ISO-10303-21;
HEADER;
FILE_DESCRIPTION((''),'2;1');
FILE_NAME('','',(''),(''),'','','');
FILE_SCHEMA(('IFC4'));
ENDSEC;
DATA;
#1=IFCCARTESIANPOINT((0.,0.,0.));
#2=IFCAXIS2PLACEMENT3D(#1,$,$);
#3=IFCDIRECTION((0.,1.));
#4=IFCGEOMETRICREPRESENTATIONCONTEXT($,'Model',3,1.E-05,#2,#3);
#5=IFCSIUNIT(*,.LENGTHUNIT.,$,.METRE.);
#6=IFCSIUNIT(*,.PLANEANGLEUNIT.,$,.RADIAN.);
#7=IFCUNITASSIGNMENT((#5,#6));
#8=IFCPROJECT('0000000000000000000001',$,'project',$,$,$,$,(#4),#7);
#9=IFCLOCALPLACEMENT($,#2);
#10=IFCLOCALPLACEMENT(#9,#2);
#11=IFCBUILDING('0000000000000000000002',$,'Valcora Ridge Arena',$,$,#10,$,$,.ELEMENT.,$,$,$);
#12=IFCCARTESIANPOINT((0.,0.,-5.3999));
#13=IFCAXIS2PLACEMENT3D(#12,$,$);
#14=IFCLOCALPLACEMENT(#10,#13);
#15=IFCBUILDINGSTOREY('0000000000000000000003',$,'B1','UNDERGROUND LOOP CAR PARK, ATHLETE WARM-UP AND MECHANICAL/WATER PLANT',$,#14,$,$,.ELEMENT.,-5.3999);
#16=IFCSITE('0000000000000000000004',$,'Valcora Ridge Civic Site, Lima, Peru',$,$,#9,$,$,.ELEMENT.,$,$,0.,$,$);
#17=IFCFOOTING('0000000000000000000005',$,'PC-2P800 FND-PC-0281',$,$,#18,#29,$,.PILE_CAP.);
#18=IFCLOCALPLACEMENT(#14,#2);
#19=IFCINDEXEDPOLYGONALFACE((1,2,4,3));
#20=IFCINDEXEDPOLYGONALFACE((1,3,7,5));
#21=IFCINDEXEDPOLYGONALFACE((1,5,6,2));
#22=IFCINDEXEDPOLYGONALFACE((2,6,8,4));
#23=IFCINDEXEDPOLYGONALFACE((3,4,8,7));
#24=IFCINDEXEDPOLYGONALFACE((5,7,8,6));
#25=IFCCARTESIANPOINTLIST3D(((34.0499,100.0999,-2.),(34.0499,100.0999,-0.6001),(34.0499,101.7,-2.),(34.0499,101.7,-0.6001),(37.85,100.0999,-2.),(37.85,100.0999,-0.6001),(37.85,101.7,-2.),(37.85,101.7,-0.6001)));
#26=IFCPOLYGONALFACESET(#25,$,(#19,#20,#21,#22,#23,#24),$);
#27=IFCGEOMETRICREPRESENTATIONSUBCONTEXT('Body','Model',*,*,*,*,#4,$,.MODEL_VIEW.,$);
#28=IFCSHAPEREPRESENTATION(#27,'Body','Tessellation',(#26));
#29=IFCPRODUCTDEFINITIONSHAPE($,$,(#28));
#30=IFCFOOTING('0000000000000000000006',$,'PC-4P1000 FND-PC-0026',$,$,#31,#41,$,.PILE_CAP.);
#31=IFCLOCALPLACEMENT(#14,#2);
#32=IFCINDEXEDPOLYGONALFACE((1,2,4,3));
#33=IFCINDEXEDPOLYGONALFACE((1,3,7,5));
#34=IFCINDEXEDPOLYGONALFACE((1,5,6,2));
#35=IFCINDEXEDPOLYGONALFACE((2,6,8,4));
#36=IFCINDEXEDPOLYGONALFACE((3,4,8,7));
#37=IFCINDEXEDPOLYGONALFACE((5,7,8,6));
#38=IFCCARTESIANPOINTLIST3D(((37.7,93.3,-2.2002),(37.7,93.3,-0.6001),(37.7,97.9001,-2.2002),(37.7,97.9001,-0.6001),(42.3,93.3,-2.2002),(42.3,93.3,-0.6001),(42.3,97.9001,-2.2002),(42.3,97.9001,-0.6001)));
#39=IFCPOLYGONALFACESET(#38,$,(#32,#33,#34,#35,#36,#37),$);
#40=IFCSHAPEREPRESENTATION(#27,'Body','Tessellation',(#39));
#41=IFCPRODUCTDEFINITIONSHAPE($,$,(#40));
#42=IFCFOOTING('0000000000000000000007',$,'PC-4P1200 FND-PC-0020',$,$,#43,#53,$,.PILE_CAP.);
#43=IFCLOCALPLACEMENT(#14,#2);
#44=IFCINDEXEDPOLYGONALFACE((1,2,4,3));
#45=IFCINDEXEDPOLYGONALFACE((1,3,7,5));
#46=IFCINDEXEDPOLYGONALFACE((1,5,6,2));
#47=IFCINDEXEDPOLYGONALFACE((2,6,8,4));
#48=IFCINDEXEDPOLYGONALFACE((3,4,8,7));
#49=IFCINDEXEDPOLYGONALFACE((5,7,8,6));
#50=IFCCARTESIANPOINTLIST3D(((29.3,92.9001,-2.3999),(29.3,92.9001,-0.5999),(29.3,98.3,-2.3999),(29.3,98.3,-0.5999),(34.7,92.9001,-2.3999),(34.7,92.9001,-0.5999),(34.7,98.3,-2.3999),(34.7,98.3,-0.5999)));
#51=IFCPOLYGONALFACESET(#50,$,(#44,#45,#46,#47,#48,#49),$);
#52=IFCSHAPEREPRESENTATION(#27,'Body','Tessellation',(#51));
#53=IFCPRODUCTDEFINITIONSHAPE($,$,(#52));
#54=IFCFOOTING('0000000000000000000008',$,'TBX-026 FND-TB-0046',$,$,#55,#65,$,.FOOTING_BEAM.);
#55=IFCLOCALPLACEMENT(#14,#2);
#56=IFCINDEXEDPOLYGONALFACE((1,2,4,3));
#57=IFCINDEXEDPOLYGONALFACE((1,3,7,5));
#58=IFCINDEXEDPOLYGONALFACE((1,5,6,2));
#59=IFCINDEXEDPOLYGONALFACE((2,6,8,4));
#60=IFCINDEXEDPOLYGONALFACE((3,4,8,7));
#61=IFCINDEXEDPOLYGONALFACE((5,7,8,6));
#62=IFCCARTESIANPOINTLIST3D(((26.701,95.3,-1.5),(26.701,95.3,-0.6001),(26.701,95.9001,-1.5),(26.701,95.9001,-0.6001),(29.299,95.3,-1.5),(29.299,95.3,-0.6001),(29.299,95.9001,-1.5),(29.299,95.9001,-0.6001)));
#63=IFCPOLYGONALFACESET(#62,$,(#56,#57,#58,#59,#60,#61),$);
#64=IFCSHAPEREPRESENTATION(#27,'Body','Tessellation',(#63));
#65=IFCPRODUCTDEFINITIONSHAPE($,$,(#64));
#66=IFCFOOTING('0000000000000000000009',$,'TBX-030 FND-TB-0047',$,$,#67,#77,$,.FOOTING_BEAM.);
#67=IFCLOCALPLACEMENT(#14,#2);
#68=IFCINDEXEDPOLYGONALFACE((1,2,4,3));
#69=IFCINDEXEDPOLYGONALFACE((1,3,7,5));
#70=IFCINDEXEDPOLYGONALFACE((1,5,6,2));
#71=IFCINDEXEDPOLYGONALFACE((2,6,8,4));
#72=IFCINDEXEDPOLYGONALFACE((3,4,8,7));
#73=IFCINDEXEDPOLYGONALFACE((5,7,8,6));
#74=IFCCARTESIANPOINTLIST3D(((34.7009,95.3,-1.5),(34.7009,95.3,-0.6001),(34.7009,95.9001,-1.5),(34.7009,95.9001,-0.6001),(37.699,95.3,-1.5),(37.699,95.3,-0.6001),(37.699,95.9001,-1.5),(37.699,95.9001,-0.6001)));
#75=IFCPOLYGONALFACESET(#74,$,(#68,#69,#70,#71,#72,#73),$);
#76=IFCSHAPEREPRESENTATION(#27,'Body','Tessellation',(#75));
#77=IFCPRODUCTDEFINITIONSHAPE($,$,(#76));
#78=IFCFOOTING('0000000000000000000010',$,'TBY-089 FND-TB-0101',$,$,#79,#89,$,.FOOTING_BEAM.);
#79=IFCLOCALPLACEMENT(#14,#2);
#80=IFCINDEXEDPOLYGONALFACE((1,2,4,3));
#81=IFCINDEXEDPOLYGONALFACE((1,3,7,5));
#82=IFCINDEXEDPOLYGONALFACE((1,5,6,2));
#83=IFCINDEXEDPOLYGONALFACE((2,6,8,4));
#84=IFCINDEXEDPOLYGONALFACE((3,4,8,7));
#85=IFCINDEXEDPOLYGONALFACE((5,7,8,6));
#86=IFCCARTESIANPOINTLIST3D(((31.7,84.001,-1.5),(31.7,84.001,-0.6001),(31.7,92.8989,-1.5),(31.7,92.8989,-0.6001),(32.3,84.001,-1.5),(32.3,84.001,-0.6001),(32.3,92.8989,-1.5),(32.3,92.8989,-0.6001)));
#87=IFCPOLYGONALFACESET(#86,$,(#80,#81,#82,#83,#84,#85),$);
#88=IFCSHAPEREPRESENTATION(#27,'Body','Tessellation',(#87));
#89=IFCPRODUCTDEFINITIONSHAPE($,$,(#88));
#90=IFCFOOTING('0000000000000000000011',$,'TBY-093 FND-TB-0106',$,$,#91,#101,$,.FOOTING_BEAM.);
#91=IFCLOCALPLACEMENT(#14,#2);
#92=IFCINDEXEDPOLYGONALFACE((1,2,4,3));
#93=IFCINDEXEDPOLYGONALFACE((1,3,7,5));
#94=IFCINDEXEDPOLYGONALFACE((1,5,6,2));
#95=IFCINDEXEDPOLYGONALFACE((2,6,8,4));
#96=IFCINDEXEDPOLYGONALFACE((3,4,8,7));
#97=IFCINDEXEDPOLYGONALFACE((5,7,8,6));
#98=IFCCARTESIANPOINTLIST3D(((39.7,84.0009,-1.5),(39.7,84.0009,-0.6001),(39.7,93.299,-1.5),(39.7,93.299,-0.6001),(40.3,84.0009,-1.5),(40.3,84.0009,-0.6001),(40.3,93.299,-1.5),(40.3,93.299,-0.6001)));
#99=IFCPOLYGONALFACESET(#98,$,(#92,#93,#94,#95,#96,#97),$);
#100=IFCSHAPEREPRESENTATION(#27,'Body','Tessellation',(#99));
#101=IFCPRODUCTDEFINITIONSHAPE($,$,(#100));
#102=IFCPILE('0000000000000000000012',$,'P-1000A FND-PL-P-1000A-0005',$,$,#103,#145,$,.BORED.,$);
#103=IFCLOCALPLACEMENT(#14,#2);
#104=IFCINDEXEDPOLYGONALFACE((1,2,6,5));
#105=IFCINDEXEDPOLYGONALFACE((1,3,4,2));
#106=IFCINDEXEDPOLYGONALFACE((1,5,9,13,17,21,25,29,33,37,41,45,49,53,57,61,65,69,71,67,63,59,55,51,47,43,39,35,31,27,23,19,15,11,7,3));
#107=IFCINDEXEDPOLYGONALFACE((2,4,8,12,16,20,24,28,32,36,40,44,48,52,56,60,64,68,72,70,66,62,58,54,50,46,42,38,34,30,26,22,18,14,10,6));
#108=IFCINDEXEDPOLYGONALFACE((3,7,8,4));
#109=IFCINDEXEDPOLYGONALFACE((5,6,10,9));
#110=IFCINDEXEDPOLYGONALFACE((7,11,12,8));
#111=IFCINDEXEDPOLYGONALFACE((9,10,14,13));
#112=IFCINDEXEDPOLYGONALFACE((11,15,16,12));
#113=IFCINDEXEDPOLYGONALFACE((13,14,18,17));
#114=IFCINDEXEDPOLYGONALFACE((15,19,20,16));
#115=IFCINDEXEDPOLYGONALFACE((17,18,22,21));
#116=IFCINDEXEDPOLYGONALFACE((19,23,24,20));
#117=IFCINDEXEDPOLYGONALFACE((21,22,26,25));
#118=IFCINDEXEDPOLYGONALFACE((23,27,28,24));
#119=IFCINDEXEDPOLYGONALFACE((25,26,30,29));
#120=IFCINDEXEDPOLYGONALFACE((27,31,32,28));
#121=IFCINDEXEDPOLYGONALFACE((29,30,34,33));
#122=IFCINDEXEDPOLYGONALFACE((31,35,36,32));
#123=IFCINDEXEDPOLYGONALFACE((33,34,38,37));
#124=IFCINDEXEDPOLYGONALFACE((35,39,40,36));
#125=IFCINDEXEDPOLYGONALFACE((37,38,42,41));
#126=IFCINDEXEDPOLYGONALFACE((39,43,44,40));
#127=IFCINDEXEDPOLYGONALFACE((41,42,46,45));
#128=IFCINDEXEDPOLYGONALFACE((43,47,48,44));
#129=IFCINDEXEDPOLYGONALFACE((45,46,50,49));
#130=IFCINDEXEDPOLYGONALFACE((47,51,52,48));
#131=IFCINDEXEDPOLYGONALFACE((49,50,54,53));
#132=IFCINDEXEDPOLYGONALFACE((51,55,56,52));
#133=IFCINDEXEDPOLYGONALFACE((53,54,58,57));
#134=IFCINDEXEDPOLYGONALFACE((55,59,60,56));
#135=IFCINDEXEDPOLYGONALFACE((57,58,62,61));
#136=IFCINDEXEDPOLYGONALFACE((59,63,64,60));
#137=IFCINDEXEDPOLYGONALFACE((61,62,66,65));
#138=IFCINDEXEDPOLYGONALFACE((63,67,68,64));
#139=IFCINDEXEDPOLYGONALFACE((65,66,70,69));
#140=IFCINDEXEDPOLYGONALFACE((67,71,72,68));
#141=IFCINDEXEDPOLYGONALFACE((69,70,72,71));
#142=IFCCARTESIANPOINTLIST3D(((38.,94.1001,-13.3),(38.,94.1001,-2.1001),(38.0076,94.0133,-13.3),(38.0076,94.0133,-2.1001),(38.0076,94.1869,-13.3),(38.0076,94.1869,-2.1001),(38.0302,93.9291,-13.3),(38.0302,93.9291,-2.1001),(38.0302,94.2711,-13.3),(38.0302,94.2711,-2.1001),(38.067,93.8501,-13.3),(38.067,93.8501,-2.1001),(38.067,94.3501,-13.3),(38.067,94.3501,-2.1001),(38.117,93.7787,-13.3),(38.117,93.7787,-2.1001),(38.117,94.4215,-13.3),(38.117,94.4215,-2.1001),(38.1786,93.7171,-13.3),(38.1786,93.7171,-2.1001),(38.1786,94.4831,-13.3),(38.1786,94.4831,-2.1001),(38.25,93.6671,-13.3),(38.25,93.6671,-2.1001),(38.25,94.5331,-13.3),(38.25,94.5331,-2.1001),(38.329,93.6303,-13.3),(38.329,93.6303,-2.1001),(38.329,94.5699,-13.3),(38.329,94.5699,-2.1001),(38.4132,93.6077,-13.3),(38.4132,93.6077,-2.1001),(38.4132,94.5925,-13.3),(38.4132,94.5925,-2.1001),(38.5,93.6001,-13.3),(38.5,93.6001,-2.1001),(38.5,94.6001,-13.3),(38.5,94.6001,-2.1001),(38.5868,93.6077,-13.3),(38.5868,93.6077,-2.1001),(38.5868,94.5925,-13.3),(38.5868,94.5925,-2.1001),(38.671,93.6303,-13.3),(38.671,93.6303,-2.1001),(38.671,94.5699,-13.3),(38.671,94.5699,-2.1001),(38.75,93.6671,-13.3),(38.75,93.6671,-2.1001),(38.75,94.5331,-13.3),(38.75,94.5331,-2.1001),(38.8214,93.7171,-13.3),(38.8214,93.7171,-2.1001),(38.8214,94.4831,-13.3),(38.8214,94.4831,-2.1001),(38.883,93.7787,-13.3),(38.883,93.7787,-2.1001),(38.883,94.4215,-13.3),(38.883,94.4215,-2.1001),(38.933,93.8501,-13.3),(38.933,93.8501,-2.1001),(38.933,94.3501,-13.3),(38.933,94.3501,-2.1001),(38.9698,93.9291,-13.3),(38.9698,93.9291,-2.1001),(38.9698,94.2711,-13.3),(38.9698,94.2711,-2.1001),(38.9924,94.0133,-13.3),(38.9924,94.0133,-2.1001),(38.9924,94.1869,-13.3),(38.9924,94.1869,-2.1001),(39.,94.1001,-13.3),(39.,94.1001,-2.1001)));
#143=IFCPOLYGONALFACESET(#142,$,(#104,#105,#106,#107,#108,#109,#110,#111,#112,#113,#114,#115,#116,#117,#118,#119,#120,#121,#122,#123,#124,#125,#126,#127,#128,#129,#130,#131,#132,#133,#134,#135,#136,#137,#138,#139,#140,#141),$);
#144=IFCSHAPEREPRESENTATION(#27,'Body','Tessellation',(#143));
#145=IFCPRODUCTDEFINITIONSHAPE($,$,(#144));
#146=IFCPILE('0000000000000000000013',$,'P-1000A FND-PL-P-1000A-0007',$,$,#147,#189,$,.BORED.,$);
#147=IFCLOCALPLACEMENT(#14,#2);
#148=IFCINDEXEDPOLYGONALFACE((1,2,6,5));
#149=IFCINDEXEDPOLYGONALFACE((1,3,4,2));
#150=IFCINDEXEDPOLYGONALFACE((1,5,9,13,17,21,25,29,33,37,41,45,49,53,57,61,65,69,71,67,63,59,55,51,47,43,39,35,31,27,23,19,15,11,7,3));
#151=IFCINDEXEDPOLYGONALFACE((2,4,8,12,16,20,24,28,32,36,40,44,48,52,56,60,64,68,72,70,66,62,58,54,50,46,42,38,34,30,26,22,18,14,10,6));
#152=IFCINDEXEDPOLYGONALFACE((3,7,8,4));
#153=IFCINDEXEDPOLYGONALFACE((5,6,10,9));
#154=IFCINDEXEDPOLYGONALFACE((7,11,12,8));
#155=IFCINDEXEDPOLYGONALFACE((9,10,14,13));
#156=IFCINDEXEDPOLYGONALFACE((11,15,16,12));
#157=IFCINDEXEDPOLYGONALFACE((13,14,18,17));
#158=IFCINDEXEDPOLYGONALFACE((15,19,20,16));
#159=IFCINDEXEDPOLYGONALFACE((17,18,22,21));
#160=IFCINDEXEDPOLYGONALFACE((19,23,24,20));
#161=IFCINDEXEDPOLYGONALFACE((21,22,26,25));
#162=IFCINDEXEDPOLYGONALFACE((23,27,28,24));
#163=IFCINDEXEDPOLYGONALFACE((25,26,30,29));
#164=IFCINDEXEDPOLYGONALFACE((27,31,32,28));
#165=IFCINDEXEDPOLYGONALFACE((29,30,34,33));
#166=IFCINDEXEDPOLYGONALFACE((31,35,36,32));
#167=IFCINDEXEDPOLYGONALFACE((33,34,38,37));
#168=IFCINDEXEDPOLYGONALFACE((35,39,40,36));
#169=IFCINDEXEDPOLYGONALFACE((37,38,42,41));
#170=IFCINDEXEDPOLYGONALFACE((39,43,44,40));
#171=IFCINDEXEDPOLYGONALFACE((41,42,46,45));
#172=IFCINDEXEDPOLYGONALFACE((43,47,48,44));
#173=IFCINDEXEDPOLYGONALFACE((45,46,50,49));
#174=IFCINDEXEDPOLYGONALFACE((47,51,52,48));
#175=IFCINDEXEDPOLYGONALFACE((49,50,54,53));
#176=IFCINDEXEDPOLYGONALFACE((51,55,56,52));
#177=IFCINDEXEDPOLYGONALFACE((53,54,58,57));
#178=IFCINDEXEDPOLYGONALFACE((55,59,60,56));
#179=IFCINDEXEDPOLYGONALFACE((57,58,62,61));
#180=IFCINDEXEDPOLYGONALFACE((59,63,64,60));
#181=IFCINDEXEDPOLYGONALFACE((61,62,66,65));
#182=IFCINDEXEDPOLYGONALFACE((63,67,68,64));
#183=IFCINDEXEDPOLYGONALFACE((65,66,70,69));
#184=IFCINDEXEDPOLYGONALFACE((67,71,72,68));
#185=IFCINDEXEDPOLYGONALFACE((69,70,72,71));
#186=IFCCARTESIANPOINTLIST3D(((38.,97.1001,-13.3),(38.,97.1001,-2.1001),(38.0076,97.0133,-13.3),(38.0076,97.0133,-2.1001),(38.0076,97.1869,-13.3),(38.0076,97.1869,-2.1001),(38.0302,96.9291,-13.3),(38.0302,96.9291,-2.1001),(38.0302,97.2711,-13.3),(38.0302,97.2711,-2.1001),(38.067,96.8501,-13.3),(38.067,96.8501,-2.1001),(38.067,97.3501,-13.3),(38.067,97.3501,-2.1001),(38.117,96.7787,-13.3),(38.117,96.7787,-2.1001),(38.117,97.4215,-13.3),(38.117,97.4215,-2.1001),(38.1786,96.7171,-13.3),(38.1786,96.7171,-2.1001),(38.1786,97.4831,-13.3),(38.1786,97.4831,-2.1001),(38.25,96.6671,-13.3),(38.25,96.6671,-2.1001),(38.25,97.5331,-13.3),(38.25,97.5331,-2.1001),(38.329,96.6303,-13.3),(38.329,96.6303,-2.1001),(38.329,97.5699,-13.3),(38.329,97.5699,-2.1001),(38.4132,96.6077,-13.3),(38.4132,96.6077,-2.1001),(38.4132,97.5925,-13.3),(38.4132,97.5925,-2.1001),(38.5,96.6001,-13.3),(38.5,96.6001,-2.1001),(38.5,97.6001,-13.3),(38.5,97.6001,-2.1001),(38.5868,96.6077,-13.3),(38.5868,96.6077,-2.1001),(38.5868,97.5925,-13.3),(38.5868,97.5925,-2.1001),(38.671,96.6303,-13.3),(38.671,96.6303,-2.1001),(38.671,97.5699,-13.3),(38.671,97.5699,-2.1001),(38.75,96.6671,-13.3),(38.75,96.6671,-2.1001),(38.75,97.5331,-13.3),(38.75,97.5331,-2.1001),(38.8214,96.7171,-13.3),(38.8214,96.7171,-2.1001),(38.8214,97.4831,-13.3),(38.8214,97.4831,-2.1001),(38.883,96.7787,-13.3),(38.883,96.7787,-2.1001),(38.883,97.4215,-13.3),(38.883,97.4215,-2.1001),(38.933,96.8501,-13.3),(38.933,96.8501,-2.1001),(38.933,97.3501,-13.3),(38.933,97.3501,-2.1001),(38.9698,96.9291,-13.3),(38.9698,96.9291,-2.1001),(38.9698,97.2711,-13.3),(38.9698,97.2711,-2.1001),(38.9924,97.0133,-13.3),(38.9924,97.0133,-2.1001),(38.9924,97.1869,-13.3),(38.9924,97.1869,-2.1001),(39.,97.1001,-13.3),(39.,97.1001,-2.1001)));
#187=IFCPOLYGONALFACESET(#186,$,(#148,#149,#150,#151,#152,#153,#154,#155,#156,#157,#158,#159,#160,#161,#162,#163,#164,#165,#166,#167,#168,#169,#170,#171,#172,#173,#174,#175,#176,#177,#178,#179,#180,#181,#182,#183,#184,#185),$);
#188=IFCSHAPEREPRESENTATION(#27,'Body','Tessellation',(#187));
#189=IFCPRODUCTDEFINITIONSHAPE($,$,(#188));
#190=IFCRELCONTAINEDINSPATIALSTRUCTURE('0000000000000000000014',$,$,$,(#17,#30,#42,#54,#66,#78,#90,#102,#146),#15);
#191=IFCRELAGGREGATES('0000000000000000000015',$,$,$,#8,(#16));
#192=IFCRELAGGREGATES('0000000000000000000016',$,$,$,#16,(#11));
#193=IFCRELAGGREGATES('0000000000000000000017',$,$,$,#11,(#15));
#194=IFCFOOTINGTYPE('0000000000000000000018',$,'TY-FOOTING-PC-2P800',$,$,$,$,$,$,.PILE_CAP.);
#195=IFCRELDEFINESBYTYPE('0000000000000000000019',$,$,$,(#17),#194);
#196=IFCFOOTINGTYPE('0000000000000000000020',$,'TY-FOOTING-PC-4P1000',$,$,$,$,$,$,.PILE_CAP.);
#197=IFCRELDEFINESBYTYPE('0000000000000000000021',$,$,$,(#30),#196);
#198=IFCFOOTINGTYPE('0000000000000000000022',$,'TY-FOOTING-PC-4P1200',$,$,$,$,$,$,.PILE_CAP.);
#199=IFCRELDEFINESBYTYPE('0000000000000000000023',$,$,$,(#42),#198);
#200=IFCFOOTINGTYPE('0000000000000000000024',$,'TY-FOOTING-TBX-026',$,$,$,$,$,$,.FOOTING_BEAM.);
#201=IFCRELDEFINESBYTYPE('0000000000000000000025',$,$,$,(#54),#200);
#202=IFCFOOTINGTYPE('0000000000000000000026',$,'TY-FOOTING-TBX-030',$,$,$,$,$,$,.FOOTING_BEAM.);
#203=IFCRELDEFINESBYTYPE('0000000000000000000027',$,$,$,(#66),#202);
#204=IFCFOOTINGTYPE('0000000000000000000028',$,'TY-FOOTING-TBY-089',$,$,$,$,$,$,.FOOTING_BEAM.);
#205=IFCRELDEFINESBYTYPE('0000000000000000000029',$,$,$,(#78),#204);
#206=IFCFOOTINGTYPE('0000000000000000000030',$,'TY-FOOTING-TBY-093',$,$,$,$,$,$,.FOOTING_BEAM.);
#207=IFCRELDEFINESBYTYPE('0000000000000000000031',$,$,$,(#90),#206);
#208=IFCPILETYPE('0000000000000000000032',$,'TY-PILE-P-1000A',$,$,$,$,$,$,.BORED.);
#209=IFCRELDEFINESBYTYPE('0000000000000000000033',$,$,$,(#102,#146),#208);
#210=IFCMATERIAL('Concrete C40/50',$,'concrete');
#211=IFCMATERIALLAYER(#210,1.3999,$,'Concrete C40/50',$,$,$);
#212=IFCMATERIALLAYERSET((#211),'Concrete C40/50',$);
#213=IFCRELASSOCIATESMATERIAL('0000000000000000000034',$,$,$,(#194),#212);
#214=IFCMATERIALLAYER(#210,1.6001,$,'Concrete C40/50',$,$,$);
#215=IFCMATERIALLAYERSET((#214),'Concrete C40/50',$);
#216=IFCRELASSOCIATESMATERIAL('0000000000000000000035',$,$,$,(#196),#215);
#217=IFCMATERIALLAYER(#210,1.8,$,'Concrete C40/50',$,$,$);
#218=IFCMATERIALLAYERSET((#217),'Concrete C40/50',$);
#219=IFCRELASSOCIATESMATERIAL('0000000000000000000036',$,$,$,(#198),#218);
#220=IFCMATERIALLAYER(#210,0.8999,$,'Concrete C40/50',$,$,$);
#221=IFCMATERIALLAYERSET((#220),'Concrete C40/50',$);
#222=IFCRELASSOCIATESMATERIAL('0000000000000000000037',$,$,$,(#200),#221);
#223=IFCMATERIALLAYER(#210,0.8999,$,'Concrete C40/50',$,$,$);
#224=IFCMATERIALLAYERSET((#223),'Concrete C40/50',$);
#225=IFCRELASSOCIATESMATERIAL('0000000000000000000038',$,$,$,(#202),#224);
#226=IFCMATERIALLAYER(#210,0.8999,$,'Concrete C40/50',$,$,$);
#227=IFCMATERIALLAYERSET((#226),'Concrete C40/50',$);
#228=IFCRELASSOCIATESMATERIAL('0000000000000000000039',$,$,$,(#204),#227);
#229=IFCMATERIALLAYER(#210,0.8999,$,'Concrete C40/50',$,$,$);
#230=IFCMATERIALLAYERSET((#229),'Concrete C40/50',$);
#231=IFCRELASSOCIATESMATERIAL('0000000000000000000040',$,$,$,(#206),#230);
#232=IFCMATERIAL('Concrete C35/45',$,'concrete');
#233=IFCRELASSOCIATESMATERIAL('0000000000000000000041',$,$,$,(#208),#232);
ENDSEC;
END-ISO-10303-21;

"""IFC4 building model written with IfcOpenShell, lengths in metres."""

from ifc_helpers import new_model, si_unit, direction, frame, origin, origin_2d, place, context, subcontext, project, spatial, rectangle, circle, extrude, material, layer, layer_set, material_profile, profile_set, type_object, element, save


model = new_model("IFC4")

# Units and contexts
model_context = context("Model", 3, precision=1e-05, world=origin(), true_north=direction((0.0, 1.0)))
body_context = subcontext(model_context, "Body", "Model", "MODEL_VIEW")
ifc_project = project(units=[si_unit("LENGTHUNIT", "METRE"), si_unit("PLANEANGLEUNIT", "RADIAN")], contexts=[model_context])

# Site, building, storey
site_placement = place(None, origin())
site = spatial("IfcSite", under=ifc_project, at=site_placement, Name="Valcora Ridge Civic Site, Lima, Peru", CompositionType="ELEMENT", RefElevation=0.0)
building_placement = place(site_placement, origin())
building = spatial("IfcBuilding", under=site, at=building_placement, Name="Valcora Ridge Arena", CompositionType="ELEMENT")
storey_placement = place(building_placement, frame((0.0, 0.0, -5.3999)))
storey = spatial("IfcBuildingStorey", under=building, at=storey_placement, Name="B1", Description="UNDERGROUND LOOP CAR PARK, ATHLETE WARM-UP AND MECHANICAL/WATER PLANT", CompositionType="ELEMENT", Elevation=-5.3999)

# Footings
ifc_material_1 = material(Name="Concrete C40/50", Category="concrete")
ifc_layer_1 = layer(ifc_material_1, 1.3999, Name="Concrete C40/50")
ifc_layer_set_1 = layer_set([ifc_layer_1], Name="Concrete C40/50")
footing_type_1 = type_object("IfcFootingType", Name="TY-FOOTING-PC-2P800", PredefinedType="PILE_CAP", material=ifc_layer_set_1)
footing_1_placement = place(storey_placement, frame((35.95, 100.8999, -2.0), z_axis=(0.0, 0.0, 1.0), x_axis=(1.0, 0.0, 0.0)))
element("IfcFooting", 1, at=footing_1_placement, inside=storey, type_object=footing_type_1, Name="PC-2P800 FND-PC-0281", PredefinedType="PILE_CAP", context=body_context, shape_type="SweptSolid", body=[
    extrude(rectangle(XDim=3.8, YDim=1.6001, at=origin_2d()), origin(), (0.0, 0.0, 1.0), 1.3999),
])
ifc_layer_2 = layer(ifc_material_1, 1.6001, Name="Concrete C40/50")
ifc_layer_set_2 = layer_set([ifc_layer_2], Name="Concrete C40/50")
footing_type_2 = type_object("IfcFootingType", Name="TY-FOOTING-PC-4P1000", PredefinedType="PILE_CAP", material=ifc_layer_set_2)
footing_2_placement = place(storey_placement, frame((40.0, 95.6001, -2.2002), z_axis=(0.0, 0.0, 1.0), x_axis=(1.0, 0.0, 0.0)))
element("IfcFooting", 2, at=footing_2_placement, inside=storey, type_object=footing_type_2, Name="PC-4P1000 FND-PC-0026", PredefinedType="PILE_CAP", context=body_context, shape_type="SweptSolid", body=[
    extrude(rectangle(XDim=4.6001, YDim=4.6001, at=origin_2d()), origin(), (0.0, 0.0, 1.0), 1.6001),
])
ifc_layer_3 = layer(ifc_material_1, 1.8, Name="Concrete C40/50")
ifc_layer_set_3 = layer_set([ifc_layer_3], Name="Concrete C40/50")
footing_type_3 = type_object("IfcFootingType", Name="TY-FOOTING-PC-4P1200", PredefinedType="PILE_CAP", material=ifc_layer_set_3)
footing_3_placement = place(storey_placement, frame((32.0, 95.6001, -2.3999), z_axis=(0.0, 0.0, 1.0), x_axis=(1.0, 0.0, 0.0)))
element("IfcFooting", 3, at=footing_3_placement, inside=storey, type_object=footing_type_3, Name="PC-4P1200 FND-PC-0020", PredefinedType="PILE_CAP", context=body_context, shape_type="SweptSolid", body=[
    extrude(rectangle(XDim=5.3999, YDim=5.3999, at=origin_2d()), origin(), (0.0, 0.0, 1.0), 1.8),
])
ifc_layer_4 = layer(ifc_material_1, 0.8999, Name="Concrete C40/50")
ifc_layer_set_4 = layer_set([ifc_layer_4], Name="Concrete C40/50")
footing_type_4 = type_object("IfcFootingType", Name="TY-FOOTING-TBX-026", PredefinedType="FOOTING_BEAM", material=ifc_layer_set_4)
footing_4_placement = place(storey_placement, frame((28.0, 95.6001, -1.5), z_axis=(0.0, 0.0, 1.0), x_axis=(1.0, 0.0, 0.0)))
element("IfcFooting", 4, at=footing_4_placement, inside=storey, type_object=footing_type_4, Name="TBX-026 FND-TB-0046", PredefinedType="FOOTING_BEAM", context=body_context, shape_type="SweptSolid", body=[
    extrude(rectangle(XDim=2.5979, YDim=0.6001, at=origin_2d()), origin(), (0.0, 0.0, 1.0), 0.8999),
])
ifc_layer_5 = layer(ifc_material_1, 0.8999, Name="Concrete C40/50")
ifc_layer_set_5 = layer_set([ifc_layer_5], Name="Concrete C40/50")
footing_type_5 = type_object("IfcFootingType", Name="TY-FOOTING-TBX-030", PredefinedType="FOOTING_BEAM", material=ifc_layer_set_5)
footing_5_placement = place(storey_placement, frame((36.2, 95.6001, -1.5), z_axis=(0.0, 0.0, 1.0), x_axis=(1.0, 0.0, 0.0)))
element("IfcFooting", 5, at=footing_5_placement, inside=storey, type_object=footing_type_5, Name="TBX-030 FND-TB-0047", PredefinedType="FOOTING_BEAM", context=body_context, shape_type="SweptSolid", body=[
    extrude(rectangle(XDim=2.998, YDim=0.6001, at=origin_2d()), origin(), (0.0, 0.0, 1.0), 0.8999),
])
ifc_layer_6 = layer(ifc_material_1, 0.8999, Name="Concrete C40/50")
ifc_layer_set_6 = layer_set([ifc_layer_6], Name="Concrete C40/50")
footing_type_6 = type_object("IfcFootingType", Name="TY-FOOTING-TBY-089", PredefinedType="FOOTING_BEAM", material=ifc_layer_set_6)
footing_6_placement = place(storey_placement, frame((32.0, 88.45, -1.5), z_axis=(0.0, 0.0, 1.0), x_axis=(1.0, 0.0, 0.0)))
element("IfcFooting", 6, at=footing_6_placement, inside=storey, type_object=footing_type_6, Name="TBY-089 FND-TB-0101", PredefinedType="FOOTING_BEAM", context=body_context, shape_type="SweptSolid", body=[
    extrude(rectangle(XDim=0.6001, YDim=8.8979, at=origin_2d()), origin(), (0.0, 0.0, 1.0), 0.8999),
])
ifc_layer_7 = layer(ifc_material_1, 0.8999, Name="Concrete C40/50")
ifc_layer_set_7 = layer_set([ifc_layer_7], Name="Concrete C40/50")
footing_type_7 = type_object("IfcFootingType", Name="TY-FOOTING-TBY-093", PredefinedType="FOOTING_BEAM", material=ifc_layer_set_7)
footing_7_placement = place(storey_placement, frame((40.0, 88.6499, -1.5), z_axis=(0.0, 0.0, 1.0), x_axis=(1.0, 0.0, 0.0)))
element("IfcFooting", 7, at=footing_7_placement, inside=storey, type_object=footing_type_7, Name="TBY-093 FND-TB-0106", PredefinedType="FOOTING_BEAM", context=body_context, shape_type="SweptSolid", body=[
    extrude(rectangle(XDim=0.6001, YDim=9.2981, at=origin_2d()), origin(), (0.0, 0.0, 1.0), 0.8999),
])

# Piles
ifc_material_2 = material(Name="Concrete C35/45", Category="concrete")
ifc_material_profile_1 = material_profile(ifc_material_2, circle(Radius=0.5, at=origin_2d()), Name="BORED PILE D1000")
ifc_profile_set_1 = profile_set([ifc_material_profile_1], Name="Concrete C35/45")
pile_type_1 = type_object("IfcPileType", Name="TY-PILE-P-1000A", PredefinedType="BORED", material=ifc_profile_set_1)
for number, where, z_axis, x_axis, name in (
    (8, (38.5, 94.1001, -2.1001), (0.0, 0.0, -1.0), (1.0, 0.0, 0.0), "P-1000A FND-PL-P-1000A-0005"),
    (9, (38.5, 97.1001, -2.1001), (0.0, 0.0, -1.0), (1.0, 0.0, 0.0), "P-1000A FND-PL-P-1000A-0007"),
):
    element("IfcPile", number, at=place(storey_placement, frame(where, z_axis=z_axis, x_axis=x_axis)), inside=storey, type_object=pile_type_1, Name=name, PredefinedType="BORED", context=body_context, shape_type="SweptSolid", body=[
        extrude(circle(Radius=0.5, at=origin_2d()), origin(), (0.0, 0.0, 1.0), 11.2),
    ])

save(model, "model.ifc")
